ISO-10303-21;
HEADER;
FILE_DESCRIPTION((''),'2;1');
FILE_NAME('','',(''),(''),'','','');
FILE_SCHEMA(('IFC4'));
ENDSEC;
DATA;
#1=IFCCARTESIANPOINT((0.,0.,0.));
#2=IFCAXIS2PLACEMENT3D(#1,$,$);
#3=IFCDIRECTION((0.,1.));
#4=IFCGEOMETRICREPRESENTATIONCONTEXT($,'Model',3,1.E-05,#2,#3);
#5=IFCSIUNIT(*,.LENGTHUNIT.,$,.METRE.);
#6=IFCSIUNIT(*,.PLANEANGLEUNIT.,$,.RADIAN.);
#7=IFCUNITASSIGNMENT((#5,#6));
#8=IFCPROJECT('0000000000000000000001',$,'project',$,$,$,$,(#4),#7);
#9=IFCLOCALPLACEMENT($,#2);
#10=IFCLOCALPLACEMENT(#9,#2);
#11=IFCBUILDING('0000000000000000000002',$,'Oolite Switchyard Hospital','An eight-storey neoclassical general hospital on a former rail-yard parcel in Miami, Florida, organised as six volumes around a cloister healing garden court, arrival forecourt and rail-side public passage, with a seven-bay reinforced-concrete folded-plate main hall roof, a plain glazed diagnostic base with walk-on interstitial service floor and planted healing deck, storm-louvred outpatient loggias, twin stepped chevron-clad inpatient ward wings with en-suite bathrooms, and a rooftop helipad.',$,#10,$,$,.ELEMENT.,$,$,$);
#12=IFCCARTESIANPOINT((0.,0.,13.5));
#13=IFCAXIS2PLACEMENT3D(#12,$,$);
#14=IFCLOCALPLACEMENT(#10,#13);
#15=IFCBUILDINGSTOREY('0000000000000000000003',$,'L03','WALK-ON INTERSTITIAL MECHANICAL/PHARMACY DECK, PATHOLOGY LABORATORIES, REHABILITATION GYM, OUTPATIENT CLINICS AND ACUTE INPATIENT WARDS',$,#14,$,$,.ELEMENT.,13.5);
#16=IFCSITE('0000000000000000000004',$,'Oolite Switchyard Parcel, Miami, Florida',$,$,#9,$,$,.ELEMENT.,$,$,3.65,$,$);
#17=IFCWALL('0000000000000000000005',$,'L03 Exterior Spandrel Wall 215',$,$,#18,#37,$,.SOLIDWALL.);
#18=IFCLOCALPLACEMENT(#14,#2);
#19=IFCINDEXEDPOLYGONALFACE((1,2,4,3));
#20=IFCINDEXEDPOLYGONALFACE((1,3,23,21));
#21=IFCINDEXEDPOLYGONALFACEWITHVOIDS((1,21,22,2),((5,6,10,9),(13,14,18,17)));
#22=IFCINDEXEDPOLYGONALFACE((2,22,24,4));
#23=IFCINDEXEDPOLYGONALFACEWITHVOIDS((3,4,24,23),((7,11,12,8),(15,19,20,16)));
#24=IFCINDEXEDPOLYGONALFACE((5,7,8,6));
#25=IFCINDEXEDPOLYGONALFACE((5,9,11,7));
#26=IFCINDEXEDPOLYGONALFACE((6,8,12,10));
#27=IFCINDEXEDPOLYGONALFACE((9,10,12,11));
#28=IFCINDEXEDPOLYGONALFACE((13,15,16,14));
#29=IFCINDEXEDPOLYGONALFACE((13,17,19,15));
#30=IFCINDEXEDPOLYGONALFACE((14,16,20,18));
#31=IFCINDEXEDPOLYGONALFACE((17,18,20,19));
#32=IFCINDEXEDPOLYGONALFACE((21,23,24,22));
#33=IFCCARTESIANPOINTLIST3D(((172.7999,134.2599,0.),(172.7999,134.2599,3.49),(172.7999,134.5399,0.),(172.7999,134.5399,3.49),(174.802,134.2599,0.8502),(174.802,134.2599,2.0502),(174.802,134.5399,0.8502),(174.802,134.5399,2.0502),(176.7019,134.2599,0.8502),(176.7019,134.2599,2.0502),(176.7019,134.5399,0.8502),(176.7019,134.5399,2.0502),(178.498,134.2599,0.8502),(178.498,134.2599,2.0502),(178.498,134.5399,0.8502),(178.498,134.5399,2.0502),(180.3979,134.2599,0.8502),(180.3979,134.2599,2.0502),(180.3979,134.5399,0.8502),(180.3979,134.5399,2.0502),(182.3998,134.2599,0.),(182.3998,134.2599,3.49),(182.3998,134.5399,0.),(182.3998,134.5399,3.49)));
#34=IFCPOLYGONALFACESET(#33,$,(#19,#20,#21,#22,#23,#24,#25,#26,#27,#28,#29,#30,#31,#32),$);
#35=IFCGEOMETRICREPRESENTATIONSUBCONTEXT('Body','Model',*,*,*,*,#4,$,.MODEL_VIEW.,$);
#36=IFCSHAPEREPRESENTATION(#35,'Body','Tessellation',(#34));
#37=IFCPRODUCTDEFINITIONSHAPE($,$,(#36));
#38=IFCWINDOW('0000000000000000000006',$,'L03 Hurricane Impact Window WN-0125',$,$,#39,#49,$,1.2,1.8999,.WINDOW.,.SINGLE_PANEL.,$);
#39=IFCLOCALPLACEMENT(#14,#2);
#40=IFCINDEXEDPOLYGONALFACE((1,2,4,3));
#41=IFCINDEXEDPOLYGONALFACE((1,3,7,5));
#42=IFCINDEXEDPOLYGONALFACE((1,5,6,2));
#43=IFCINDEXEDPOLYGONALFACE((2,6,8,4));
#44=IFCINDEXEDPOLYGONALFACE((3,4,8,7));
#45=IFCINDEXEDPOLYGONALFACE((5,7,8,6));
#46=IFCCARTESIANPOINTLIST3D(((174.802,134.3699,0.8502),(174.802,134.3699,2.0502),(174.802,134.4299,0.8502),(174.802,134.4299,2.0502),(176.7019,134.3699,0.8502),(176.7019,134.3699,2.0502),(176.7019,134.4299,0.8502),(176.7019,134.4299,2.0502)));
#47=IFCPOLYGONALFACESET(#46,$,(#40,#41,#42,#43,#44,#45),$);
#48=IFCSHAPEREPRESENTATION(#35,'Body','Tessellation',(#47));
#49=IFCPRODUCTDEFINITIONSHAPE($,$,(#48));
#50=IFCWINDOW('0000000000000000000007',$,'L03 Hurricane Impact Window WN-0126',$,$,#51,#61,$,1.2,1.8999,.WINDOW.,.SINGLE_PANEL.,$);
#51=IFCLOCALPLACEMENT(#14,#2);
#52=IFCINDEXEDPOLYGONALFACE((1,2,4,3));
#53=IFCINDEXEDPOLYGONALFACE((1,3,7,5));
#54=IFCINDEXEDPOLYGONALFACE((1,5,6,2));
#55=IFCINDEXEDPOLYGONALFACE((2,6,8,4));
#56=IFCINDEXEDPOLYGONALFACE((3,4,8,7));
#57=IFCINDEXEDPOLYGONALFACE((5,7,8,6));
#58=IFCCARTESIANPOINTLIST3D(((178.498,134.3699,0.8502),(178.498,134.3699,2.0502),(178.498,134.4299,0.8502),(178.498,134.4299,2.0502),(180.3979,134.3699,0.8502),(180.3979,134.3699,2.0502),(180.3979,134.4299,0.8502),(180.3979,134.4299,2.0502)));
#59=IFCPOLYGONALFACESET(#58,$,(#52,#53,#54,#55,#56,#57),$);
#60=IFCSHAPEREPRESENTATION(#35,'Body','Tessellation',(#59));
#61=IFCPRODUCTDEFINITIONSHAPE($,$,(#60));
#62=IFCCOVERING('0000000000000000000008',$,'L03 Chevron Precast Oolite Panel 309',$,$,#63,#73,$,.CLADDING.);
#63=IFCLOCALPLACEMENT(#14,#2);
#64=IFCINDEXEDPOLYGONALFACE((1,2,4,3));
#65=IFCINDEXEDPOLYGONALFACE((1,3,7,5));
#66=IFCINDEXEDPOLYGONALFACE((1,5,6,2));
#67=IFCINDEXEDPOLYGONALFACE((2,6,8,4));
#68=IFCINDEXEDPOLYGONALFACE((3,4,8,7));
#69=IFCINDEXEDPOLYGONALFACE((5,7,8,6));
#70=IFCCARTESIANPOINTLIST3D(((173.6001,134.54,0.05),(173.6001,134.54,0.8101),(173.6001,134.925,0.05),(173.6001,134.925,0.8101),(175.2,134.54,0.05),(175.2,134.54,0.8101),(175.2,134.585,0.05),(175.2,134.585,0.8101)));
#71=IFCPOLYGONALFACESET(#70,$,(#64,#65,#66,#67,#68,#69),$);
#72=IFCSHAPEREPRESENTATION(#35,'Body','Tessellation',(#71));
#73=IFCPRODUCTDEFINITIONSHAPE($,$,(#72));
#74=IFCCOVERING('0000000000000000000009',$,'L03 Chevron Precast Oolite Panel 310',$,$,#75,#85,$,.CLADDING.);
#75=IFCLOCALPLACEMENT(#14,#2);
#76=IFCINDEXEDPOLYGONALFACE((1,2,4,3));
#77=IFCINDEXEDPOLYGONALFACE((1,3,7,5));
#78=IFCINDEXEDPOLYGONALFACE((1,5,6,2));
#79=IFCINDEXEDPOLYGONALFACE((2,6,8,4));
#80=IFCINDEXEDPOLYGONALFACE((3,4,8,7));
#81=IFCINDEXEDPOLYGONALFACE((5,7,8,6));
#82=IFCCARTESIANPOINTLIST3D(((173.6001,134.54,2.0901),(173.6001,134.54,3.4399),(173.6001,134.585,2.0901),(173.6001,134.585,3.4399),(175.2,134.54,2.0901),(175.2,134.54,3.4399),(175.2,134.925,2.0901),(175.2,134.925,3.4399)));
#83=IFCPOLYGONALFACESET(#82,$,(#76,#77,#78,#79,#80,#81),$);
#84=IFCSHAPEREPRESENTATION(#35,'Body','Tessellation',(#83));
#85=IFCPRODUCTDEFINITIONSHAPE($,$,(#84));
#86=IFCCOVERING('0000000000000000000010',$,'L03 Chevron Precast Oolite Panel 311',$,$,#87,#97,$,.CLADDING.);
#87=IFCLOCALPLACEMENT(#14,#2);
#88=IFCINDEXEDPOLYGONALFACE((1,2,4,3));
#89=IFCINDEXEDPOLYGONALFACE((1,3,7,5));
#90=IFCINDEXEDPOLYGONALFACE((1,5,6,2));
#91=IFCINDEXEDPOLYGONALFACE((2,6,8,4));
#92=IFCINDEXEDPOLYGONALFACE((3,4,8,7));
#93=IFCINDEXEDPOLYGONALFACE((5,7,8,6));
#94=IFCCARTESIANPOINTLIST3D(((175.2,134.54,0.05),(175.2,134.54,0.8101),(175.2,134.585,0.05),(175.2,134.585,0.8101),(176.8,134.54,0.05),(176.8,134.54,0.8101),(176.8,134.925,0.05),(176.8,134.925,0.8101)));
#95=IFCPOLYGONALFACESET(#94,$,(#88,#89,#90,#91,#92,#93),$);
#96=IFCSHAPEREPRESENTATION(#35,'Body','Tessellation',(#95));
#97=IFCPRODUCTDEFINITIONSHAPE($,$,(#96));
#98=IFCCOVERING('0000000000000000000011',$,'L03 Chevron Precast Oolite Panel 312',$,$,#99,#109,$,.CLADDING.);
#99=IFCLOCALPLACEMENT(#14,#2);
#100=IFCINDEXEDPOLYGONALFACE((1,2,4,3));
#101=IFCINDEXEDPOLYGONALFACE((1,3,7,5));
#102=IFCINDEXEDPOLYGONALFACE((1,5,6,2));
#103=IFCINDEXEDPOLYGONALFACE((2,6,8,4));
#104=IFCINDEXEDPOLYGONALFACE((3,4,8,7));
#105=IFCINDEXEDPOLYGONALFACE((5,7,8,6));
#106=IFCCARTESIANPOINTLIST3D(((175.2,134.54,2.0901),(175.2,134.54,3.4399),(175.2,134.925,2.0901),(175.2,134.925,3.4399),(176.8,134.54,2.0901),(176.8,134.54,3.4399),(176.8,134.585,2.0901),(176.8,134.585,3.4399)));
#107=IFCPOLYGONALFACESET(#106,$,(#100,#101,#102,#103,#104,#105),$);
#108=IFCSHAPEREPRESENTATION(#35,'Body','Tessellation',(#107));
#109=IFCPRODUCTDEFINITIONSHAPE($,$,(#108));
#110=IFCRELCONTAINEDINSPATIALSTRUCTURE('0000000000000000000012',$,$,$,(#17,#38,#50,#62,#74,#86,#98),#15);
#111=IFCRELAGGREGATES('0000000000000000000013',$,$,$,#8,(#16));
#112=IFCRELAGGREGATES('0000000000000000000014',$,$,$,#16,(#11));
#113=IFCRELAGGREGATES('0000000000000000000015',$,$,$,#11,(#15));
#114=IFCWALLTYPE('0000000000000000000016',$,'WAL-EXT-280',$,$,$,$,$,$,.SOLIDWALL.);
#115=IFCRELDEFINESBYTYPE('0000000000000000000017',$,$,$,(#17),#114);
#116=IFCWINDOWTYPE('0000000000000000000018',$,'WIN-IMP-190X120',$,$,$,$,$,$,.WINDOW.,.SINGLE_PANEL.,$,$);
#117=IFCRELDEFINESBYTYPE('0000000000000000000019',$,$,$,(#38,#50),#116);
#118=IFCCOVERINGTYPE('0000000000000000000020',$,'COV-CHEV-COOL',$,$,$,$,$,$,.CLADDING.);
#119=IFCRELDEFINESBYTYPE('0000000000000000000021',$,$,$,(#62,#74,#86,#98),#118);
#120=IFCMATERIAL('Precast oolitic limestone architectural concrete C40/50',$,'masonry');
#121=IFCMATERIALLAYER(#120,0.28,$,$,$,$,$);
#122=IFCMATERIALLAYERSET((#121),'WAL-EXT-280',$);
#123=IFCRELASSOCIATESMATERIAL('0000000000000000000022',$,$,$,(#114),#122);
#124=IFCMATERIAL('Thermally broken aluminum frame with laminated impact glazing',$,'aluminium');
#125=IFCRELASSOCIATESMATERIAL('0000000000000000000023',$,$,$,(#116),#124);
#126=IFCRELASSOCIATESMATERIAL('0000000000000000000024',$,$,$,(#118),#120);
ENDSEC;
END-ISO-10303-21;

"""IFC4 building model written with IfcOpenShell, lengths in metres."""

from ifc_helpers import new_model, si_unit, direction, frame, frame_2d, origin, place, context, subcontext, project, spatial, polyline, rectangle, outline, extrude, material, layer, layer_set, type_object, element, fill, save


model = new_model("IFC4")

# Units and contexts
model_context = context("Model", 3, precision=1e-05, world=origin(), true_north=direction((0.0, 1.0)))
body_context = subcontext(model_context, "Body", "Model", "MODEL_VIEW")
ifc_project = project(units=[si_unit("LENGTHUNIT", "METRE"), si_unit("PLANEANGLEUNIT", "RADIAN")], contexts=[model_context])

# Site, building, storey
site_placement = place(None, origin())
site = spatial("IfcSite", under=ifc_project, at=site_placement, Name="Oolite Switchyard Parcel, Miami, Florida", CompositionType="ELEMENT", RefElevation=3.65)
building_placement = place(site_placement, origin())
building = spatial("IfcBuilding", under=site, at=building_placement, Name="Oolite Switchyard Hospital", Description="An eight-storey neoclassical general hospital on a former rail-yard parcel in Miami, Florida, organised as six volumes around a cloister healing garden court, arrival forecourt and rail-side public passage, with a seven-bay reinforced-concrete folded-plate main hall roof, a plain glazed diagnostic base with walk-on interstitial service floor and planted healing deck, storm-louvred outpatient loggias, twin stepped chevron-clad inpatient ward wings with en-suite bathrooms, and a rooftop helipad.", CompositionType="ELEMENT")
storey_placement = place(building_placement, frame((0.0, 0.0, 13.5)))
storey = spatial("IfcBuildingStorey", under=building, at=storey_placement, Name="L03", Description="WALK-ON INTERSTITIAL MECHANICAL/PHARMACY DECK, PATHOLOGY LABORATORIES, REHABILITATION GYM, OUTPATIENT CLINICS AND ACUTE INPATIENT WARDS", CompositionType="ELEMENT", Elevation=13.5)

# Shared definitions
ifc_material_1 = material(Name="Precast oolitic limestone architectural concrete C40/50", Category="masonry")

# Wall, openings, windows
ifc_layer_1 = layer(ifc_material_1, 0.28)
ifc_layer_set_1 = layer_set([ifc_layer_1], Name="WAL-EXT-280")
wall_type_1 = type_object("IfcWallType", Name="WAL-EXT-280", PredefinedType="SOLIDWALL", material=ifc_layer_set_1)
wall_1_placement = place(storey_placement, frame((172.8, 134.3999, 0.0), z_axis=(0.0, 0.0, 1.0), x_axis=(1.0, 0.0, 0.0)))
wall_1 = element("IfcWall", 1, at=wall_1_placement, inside=storey, type_object=wall_type_1, Name="L03 Exterior Spandrel Wall 215", PredefinedType="SOLIDWALL", context=body_context, shape_type="SweptSolid", body=[
    extrude(rectangle(XDim=9.5999, YDim=0.28, at=frame_2d((4.7998, 0.0))), origin(), (0.0, 0.0, 1.0), 3.49),
])
opening_1_placement = place(wall_1_placement, frame((2.002, 0.0, 0.8501)))
opening_1 = element("IfcOpeningElement", 2, at=opening_1_placement, cuts=wall_1, PredefinedType="OPENING", context=body_context, shape_type="SweptSolid", body=[
    extrude(rectangle(XDim=1.8999, YDim=1.2, at=frame_2d((0.95, 0.6001))), frame((0.0, 0.1499, 0.0), z_axis=(0.0, -1.0, 0.0), x_axis=(1.0, 0.0, 0.0)), (0.0, 0.0, 1.0), 0.3),
])
opening_2_placement = place(wall_1_placement, frame((5.698, 0.0, 0.8501)))
opening_2 = element("IfcOpeningElement", 3, at=opening_2_placement, cuts=wall_1, PredefinedType="OPENING", context=body_context, shape_type="SweptSolid", body=[
    extrude(rectangle(XDim=1.8999, YDim=1.2, at=frame_2d((0.95, 0.6001))), frame((0.0, 0.1499, 0.0), z_axis=(0.0, -1.0, 0.0), x_axis=(1.0, 0.0, 0.0)), (0.0, 0.0, 1.0), 0.3),
])
ifc_material_2 = material(Name="Thermally broken aluminum frame with laminated impact glazing", Category="aluminium")
window_type = type_object("IfcWindowType", Name="WIN-IMP-190X120", PartitioningType="SINGLE_PANEL", PredefinedType="WINDOW", material=ifc_material_2)
window_1_placement = place(opening_1_placement, origin())
window_1 = element("IfcWindow", 4, at=window_1_placement, inside=storey, type_object=window_type, Name="L03 Hurricane Impact Window WN-0125", OverallHeight=1.2, OverallWidth=1.8999, PartitioningType="SINGLE_PANEL", PredefinedType="WINDOW", context=body_context, shape_type="SweptSolid", body=[
    extrude(rectangle(XDim=1.8999, YDim=1.2, at=frame_2d((0.95, 0.6001))), frame((0.0, 0.03, 0.0), z_axis=(0.0, -1.0, 0.0), x_axis=(1.0, 0.0, 0.0)), (0.0, 0.0, 1.0), 0.0601),
])
fill(opening_1, window_1)
window_2_placement = place(opening_2_placement, origin())
window_2 = element("IfcWindow", 5, at=window_2_placement, inside=storey, type_object=window_type, Name="L03 Hurricane Impact Window WN-0126", OverallHeight=1.2, OverallWidth=1.8999, PartitioningType="SINGLE_PANEL", PredefinedType="WINDOW", context=body_context, shape_type="SweptSolid", body=[
    extrude(rectangle(XDim=1.8999, YDim=1.2, at=frame_2d((0.95, 0.6001))), frame((0.0, 0.03, 0.0), z_axis=(0.0, -1.0, 0.0), x_axis=(1.0, 0.0, 0.0)), (0.0, 0.0, 1.0), 0.0601),
])
fill(opening_2, window_2)

# Coverings
covering_type = type_object("IfcCoveringType", Name="COV-CHEV-COOL", PredefinedType="CLADDING", material=ifc_material_1)
covering_1_placement = place(storey_placement, frame((173.6001, 134.54, 0.05), z_axis=(0.0, 0.0, 1.0), x_axis=(1.0, 0.0, 0.0)))
element("IfcCovering", 6, at=covering_1_placement, inside=storey, type_object=covering_type, Name="L03 Chevron Precast Oolite Panel 309", PredefinedType="CLADDING", context=body_context, shape_type="SweptSolid", body=[
    extrude(outline(polyline([(0.0, 0.0), (1.5999, 0.0), (1.5999, 0.0449), (0.0, 0.385), (0.0, 0.0)])), origin(), (0.0, 0.0, 1.0), 0.76),
])
covering_2_placement = place(storey_placement, frame((173.6001, 134.54, 2.0901), z_axis=(0.0, 0.0, 1.0), x_axis=(1.0, 0.0, 0.0)))
element("IfcCovering", 7, at=covering_2_placement, inside=storey, type_object=covering_type, Name="L03 Chevron Precast Oolite Panel 310", PredefinedType="CLADDING", context=body_context, shape_type="SweptSolid", body=[
    extrude(outline(polyline([(0.0, 0.0), (1.5999, 0.0), (1.5999, 0.385), (0.0, 0.0449), (0.0, 0.0)])), origin(), (0.0, 0.0, 1.0), 1.3499),
])
covering_3_placement = place(storey_placement, frame((175.2, 134.54, 0.05), z_axis=(0.0, 0.0, 1.0), x_axis=(1.0, 0.0, 0.0)))
element("IfcCovering", 8, at=covering_3_placement, inside=storey, type_object=covering_type, Name="L03 Chevron Precast Oolite Panel 311", PredefinedType="CLADDING", context=body_context, shape_type="SweptSolid", body=[
    extrude(outline(polyline([(0.0, 0.0), (1.6001, 0.0), (1.6001, 0.385), (0.0, 0.0449), (0.0, 0.0)])), origin(), (0.0, 0.0, 1.0), 0.76),
])
covering_4_placement = place(storey_placement, frame((175.2, 134.54, 2.0901), z_axis=(0.0, 0.0, 1.0), x_axis=(1.0, 0.0, 0.0)))
element("IfcCovering", 9, at=covering_4_placement, inside=storey, type_object=covering_type, Name="L03 Chevron Precast Oolite Panel 312", PredefinedType="CLADDING", context=body_context, shape_type="SweptSolid", body=[
    extrude(outline(polyline([(0.0, 0.0), (1.6001, 0.0), (1.6001, 0.0449), (0.0, 0.385), (0.0, 0.0)])), origin(), (0.0, 0.0, 1.0), 1.3499),
])

save(model, "model.ifc")
